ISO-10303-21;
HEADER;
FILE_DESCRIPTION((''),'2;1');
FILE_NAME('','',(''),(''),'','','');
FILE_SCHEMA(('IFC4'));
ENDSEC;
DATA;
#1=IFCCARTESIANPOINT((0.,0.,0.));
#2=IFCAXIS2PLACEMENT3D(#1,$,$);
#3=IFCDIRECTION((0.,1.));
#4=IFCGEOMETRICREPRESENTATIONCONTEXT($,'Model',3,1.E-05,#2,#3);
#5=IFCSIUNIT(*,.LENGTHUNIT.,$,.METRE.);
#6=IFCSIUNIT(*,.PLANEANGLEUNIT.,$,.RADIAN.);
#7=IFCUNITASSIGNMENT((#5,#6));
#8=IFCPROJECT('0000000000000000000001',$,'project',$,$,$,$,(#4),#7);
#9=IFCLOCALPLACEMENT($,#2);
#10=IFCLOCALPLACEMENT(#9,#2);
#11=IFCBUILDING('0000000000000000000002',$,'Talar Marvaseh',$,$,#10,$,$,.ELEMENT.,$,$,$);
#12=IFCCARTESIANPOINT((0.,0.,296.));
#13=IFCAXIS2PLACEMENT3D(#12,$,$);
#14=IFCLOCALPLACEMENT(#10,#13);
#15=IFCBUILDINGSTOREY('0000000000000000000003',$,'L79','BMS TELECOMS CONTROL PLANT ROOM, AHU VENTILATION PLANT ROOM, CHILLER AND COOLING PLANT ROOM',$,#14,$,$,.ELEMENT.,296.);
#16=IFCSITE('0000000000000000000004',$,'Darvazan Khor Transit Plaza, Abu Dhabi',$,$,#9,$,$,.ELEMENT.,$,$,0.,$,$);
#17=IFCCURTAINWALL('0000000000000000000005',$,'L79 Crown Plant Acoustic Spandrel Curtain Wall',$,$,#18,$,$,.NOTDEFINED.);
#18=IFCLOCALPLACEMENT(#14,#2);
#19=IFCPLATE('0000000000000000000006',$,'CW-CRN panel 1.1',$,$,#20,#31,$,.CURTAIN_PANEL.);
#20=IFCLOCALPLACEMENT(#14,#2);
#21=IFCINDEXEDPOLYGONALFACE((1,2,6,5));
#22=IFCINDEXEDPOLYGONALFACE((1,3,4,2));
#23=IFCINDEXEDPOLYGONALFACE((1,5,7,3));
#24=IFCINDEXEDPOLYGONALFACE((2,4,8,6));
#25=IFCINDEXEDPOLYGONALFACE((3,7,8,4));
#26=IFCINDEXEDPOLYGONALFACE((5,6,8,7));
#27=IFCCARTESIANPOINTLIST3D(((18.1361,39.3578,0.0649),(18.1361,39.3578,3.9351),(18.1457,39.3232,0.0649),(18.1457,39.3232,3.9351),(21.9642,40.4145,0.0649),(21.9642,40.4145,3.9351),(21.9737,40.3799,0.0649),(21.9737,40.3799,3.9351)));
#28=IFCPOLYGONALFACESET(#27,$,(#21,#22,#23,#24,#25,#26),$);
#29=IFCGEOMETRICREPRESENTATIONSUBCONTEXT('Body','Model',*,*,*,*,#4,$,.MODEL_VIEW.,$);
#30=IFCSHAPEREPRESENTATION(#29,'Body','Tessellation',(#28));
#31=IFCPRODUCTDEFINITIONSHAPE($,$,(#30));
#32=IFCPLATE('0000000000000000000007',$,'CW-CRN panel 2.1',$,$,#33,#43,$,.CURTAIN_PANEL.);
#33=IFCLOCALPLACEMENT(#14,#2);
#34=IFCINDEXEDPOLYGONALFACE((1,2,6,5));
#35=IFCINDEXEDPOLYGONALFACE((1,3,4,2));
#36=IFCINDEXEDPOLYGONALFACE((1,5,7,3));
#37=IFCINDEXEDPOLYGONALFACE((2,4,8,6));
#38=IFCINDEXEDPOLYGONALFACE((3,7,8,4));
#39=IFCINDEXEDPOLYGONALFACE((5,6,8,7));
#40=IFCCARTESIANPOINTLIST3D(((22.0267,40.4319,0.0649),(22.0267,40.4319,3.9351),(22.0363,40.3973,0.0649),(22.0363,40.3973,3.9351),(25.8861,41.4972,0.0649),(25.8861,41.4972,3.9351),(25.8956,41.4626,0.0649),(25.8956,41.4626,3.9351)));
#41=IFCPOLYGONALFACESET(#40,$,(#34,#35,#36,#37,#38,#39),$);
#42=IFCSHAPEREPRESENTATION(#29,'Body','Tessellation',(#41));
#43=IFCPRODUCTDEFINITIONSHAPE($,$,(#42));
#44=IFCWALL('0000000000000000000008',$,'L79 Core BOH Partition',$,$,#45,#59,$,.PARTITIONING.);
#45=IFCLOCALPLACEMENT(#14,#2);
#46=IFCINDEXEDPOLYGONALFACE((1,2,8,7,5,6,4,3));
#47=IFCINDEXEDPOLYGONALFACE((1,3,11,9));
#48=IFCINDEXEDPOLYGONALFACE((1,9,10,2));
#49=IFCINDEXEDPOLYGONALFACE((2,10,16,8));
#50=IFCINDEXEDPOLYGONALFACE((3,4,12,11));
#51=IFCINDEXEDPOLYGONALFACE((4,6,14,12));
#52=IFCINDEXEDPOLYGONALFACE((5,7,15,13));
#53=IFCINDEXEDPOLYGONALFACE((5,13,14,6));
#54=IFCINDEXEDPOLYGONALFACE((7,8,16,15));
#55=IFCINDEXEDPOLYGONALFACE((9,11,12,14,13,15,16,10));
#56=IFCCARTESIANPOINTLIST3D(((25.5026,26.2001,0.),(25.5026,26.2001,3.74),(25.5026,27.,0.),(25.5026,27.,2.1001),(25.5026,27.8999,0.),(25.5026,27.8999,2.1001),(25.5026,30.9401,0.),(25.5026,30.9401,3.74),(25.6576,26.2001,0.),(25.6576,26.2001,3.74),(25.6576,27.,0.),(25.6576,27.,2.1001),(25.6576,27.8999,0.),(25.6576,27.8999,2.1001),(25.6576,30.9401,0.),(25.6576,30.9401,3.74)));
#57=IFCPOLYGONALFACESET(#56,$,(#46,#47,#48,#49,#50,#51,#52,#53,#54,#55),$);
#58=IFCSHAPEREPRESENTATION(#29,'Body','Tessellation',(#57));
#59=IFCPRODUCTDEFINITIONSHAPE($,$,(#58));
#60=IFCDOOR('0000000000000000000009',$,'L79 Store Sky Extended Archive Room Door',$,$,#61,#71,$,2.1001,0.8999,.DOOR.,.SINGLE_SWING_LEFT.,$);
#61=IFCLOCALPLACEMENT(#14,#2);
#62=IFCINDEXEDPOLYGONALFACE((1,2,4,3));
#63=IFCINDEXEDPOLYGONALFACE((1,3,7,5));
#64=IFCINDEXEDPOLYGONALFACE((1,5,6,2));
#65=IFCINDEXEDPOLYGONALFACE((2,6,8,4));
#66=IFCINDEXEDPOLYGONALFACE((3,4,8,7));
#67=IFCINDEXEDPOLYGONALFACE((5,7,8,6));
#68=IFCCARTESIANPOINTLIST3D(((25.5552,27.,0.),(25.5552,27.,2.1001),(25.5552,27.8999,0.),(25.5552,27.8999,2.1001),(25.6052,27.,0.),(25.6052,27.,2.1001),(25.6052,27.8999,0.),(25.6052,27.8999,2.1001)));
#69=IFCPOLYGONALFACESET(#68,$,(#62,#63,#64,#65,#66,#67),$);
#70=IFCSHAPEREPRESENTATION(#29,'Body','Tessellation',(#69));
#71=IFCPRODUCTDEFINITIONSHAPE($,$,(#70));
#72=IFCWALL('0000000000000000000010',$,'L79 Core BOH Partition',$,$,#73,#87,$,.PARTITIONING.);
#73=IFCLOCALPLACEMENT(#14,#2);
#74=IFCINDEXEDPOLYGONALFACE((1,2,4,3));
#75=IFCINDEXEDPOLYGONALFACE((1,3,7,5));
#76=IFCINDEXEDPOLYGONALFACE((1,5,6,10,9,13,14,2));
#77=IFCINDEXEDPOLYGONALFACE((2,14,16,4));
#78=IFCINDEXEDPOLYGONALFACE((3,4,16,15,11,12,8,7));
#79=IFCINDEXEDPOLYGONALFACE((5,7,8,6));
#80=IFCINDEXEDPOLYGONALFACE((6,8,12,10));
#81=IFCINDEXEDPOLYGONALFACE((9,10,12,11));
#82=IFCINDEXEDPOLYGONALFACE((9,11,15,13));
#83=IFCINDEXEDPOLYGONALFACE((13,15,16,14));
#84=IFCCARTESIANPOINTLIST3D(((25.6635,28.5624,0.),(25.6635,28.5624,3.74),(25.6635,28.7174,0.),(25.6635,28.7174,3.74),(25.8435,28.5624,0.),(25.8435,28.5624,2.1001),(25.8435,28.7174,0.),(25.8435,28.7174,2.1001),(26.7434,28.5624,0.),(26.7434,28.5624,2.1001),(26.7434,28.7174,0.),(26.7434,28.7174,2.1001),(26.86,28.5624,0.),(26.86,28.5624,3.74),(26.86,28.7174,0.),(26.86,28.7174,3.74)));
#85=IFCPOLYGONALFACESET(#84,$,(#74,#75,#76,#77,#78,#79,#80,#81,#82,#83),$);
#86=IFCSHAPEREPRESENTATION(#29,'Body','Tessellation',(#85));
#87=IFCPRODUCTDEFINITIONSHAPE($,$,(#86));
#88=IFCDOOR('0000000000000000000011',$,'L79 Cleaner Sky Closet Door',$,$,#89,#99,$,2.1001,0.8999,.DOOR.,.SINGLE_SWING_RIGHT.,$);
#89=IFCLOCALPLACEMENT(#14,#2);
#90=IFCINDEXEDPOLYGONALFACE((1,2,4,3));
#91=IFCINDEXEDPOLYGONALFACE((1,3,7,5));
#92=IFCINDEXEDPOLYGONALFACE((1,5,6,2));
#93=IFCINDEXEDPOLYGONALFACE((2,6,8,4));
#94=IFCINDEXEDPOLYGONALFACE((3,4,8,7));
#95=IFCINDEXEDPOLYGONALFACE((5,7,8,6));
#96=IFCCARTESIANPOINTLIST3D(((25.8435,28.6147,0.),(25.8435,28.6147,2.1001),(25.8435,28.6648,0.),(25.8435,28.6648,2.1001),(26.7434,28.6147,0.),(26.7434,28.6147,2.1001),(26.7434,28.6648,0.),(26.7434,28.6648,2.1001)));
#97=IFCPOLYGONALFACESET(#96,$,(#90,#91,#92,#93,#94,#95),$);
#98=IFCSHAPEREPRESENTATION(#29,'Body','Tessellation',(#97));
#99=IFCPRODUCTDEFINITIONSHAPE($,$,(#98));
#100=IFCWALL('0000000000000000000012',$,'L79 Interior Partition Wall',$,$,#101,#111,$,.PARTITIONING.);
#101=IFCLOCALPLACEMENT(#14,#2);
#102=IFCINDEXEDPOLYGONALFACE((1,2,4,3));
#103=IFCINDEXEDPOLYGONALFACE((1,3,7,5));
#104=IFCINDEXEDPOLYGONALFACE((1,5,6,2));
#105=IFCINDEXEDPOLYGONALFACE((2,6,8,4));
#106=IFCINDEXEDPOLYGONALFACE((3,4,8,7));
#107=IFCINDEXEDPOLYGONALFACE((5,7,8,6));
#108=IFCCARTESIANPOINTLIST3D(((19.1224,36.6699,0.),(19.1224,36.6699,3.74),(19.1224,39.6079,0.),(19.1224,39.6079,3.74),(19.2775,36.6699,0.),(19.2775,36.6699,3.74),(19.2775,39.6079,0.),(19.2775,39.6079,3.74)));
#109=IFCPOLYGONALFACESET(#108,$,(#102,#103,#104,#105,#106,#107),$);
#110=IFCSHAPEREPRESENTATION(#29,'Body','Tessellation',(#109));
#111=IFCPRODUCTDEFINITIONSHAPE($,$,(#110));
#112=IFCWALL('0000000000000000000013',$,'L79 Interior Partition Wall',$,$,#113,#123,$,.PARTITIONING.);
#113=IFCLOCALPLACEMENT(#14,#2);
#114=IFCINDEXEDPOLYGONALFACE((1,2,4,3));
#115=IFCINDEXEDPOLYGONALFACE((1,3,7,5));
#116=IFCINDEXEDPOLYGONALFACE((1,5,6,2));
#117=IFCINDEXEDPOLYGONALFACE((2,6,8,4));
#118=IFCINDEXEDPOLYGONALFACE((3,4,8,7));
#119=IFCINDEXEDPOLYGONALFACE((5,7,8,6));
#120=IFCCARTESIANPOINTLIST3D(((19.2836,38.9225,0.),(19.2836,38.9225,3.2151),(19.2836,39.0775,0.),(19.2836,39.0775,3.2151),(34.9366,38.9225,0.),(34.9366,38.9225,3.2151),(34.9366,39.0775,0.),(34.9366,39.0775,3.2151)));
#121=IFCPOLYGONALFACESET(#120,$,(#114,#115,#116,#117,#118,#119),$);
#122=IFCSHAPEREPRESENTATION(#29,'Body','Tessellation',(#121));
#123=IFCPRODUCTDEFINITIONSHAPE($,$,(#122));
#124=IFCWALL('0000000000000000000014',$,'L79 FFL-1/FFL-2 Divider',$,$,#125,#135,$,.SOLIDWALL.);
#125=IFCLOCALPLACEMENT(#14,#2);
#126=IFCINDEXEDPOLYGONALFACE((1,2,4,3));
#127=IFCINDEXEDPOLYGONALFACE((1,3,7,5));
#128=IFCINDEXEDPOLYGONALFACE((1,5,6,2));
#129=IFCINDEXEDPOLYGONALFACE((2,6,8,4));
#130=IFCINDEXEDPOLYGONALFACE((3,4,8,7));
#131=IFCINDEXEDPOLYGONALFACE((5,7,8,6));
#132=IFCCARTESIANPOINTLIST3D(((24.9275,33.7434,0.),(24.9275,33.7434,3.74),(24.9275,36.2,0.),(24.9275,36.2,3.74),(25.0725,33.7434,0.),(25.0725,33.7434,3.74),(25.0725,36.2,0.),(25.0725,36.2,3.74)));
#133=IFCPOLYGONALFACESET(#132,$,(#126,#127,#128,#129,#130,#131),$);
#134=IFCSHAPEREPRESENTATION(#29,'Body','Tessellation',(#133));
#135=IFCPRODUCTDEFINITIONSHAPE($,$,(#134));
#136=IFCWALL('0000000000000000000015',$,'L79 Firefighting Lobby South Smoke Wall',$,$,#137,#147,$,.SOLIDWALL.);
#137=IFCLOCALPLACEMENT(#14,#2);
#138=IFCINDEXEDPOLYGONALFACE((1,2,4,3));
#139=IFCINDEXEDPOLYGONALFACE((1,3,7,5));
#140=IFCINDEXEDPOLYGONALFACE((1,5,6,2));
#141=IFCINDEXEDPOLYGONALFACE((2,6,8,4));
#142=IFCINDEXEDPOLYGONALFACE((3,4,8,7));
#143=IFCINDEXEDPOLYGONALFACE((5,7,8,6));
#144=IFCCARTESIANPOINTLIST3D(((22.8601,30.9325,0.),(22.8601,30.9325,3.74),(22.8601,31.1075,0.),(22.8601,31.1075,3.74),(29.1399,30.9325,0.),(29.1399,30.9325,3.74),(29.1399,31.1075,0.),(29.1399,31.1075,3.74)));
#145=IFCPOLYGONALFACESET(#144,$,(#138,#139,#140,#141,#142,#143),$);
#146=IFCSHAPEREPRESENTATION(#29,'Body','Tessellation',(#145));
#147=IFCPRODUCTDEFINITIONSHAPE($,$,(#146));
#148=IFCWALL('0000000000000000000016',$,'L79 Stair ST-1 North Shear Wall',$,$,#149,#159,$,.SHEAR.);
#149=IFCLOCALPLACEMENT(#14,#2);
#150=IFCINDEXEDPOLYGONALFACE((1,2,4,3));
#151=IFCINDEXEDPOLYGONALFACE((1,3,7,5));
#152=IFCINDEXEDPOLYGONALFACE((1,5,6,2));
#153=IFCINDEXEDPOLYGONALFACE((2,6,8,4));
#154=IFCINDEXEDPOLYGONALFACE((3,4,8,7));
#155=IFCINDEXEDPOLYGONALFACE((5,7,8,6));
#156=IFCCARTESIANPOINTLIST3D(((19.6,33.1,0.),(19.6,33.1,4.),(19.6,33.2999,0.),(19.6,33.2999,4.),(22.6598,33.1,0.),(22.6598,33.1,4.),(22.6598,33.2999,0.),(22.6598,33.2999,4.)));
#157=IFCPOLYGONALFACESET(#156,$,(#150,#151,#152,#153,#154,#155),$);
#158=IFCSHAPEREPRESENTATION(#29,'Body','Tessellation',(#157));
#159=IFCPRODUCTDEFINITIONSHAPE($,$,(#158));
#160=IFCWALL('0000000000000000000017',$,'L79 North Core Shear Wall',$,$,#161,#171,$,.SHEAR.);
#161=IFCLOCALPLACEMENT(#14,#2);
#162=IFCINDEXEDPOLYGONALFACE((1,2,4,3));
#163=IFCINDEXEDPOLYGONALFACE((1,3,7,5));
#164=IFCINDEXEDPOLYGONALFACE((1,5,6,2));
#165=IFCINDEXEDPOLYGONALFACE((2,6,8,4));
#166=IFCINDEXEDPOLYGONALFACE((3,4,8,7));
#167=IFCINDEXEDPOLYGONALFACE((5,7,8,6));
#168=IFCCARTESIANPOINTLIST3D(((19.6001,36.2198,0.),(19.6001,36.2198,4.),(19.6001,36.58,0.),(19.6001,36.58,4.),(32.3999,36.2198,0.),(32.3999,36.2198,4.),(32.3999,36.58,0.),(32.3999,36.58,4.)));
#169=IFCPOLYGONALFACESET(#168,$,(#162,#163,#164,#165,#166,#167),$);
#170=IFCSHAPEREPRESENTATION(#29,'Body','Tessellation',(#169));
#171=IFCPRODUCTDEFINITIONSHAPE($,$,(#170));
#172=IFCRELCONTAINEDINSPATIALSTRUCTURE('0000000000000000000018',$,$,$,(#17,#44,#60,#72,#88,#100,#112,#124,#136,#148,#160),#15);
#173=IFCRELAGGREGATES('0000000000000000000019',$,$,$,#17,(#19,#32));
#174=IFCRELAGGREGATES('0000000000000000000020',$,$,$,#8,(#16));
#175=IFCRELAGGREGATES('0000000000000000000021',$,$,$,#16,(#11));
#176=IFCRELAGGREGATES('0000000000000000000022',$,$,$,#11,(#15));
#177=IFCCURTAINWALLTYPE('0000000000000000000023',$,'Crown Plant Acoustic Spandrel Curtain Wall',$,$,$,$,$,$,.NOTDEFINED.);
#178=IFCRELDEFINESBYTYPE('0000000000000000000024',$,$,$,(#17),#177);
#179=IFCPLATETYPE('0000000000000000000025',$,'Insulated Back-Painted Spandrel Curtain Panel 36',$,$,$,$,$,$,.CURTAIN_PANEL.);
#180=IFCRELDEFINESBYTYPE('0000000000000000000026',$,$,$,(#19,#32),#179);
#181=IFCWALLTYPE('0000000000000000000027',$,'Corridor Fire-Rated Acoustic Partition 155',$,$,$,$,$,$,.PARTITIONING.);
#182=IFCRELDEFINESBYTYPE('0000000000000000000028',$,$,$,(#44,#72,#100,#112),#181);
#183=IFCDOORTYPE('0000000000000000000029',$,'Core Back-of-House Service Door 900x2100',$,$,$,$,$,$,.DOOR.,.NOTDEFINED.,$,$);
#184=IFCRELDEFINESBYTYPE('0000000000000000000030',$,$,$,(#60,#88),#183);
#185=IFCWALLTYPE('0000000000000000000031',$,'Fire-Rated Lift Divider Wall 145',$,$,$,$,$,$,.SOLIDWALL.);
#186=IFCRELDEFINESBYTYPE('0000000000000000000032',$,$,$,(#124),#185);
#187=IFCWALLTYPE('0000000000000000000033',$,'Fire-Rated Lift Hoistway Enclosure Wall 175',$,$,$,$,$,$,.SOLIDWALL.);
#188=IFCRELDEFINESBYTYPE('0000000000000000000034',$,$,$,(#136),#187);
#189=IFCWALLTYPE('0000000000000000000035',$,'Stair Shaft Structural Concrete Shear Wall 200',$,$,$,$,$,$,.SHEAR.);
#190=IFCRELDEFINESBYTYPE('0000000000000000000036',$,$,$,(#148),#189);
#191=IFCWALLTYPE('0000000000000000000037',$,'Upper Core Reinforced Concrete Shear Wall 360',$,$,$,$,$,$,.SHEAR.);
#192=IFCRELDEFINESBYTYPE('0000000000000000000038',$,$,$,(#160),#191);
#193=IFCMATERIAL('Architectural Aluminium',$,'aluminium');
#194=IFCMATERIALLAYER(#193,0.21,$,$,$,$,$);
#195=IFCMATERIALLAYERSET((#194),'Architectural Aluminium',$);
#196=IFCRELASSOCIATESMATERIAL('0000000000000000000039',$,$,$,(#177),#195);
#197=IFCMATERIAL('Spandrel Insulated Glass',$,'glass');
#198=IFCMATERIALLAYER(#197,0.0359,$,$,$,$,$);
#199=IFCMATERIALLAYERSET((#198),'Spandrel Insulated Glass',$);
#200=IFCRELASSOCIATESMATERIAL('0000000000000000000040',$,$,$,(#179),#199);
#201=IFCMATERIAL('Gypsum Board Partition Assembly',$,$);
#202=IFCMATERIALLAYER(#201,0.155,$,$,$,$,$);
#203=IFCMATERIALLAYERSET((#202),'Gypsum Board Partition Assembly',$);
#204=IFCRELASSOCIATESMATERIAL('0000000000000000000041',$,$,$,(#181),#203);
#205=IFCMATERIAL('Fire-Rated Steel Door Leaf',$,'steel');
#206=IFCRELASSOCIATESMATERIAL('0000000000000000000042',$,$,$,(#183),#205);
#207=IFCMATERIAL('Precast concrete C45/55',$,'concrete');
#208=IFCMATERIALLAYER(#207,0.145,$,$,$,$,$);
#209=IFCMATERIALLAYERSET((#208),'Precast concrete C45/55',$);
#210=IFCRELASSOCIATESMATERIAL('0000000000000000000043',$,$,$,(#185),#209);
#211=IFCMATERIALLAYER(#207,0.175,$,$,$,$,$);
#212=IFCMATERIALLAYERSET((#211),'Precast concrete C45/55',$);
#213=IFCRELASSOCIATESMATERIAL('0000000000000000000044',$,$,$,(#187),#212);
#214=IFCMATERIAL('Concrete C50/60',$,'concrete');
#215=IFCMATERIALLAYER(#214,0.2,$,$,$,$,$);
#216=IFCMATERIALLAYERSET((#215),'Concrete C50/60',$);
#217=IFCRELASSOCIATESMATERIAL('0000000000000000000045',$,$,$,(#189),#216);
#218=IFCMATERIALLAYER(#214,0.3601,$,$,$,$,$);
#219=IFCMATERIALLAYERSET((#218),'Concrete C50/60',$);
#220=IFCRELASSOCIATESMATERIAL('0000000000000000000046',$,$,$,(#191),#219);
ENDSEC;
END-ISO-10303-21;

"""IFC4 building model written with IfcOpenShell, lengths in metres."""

from ifc_helpers import new_model, si_unit, direction, frame, frame_2d, origin, origin_2d, place, context, subcontext, project, spatial, rectangle, extrude, source, transform, mapped, material, layer, layer_set, type_object, type_shapes, element, fill, aggregate, save


model = new_model("IFC4")

# Units and contexts
model_context = context("Model", 3, precision=1e-05, world=origin(), true_north=direction((0.0, 1.0)))
body_context = subcontext(model_context, "Body", "Model", "MODEL_VIEW")
ifc_project = project(units=[si_unit("LENGTHUNIT", "METRE"), si_unit("PLANEANGLEUNIT", "RADIAN")], contexts=[model_context])

# Site, building, storey
site_placement = place(None, origin())
site = spatial("IfcSite", under=ifc_project, at=site_placement, Name="Darvazan Khor Transit Plaza, Abu Dhabi", CompositionType="ELEMENT", RefElevation=0.0)
building_placement = place(site_placement, origin())
building = spatial("IfcBuilding", under=site, at=building_placement, Name="Talar Marvaseh", CompositionType="ELEMENT")
storey_placement = place(building_placement, frame((0.0, 0.0, 296.0)))
storey = spatial("IfcBuildingStorey", under=building, at=storey_placement, Name="L79", Description="BMS TELECOMS CONTROL PLANT ROOM, AHU VENTILATION PLANT ROOM, CHILLER AND COOLING PLANT ROOM", CompositionType="ELEMENT", Elevation=296.0)

# Curtain wall
ifc_material_1 = material(Name="Architectural Aluminium", Category="aluminium")
ifc_layer_1 = layer(ifc_material_1, 0.21)
ifc_layer_set_1 = layer_set([ifc_layer_1], Name="Architectural Aluminium")
curtain_wall_type = type_object("IfcCurtainWallType", Name="Crown Plant Acoustic Spandrel Curtain Wall", PredefinedType="NOTDEFINED", material=ifc_layer_set_1)
curtain_wall_placement = place(storey_placement, origin())
curtain_wall = element("IfcCurtainWall", 1, at=curtain_wall_placement, inside=storey, type_object=curtain_wall_type, Name="L79 Crown Plant Acoustic Spandrel Curtain Wall", PredefinedType="NOTDEFINED")

# Plates
ifc_material_2 = material(Name="Spandrel Insulated Glass", Category="glass")
ifc_layer_2 = layer(ifc_material_2, 0.0359)
ifc_layer_set_2 = layer_set([ifc_layer_2], Name="Spandrel Insulated Glass")
plate_type_1 = type_object("IfcPlateType", Name="Insulated Back-Painted Spandrel Curtain Panel 36", PredefinedType="CURTAIN_PANEL", material=ifc_layer_set_2)
shared_shape_1 = source(origin(), body_context, "Body", "SweptSolid", [
    extrude(rectangle(XDim=3.9712, YDim=0.0359, at=origin_2d()), origin(), (0.0, 0.0, 1.0), 3.8701),
])
plate_1_placement = place(storey_placement, frame((20.0549, 39.8689, 0.0649), z_axis=(0.0, 0.0, 1.0), x_axis=(0.963948, 0.266091, 0.0)))
plate_1 = element("IfcPlate", 2, at=plate_1_placement, type_object=plate_type_1, Name="CW-CRN panel 1.1", PredefinedType="CURTAIN_PANEL", context=body_context, shape_type="MappedRepresentation", body=[
    mapped(shared_shape_1, transform((0.0, 0.0, 0.0), x_axis=(1.0, 0.0, 0.0), y_axis=(0.0, 1.0, 0.0), z_axis=(0.0, 0.0, 1.0), scale=1.0)),
])
shared_shape_2 = source(origin(), body_context, "Body", "SweptSolid", [
    extrude(rectangle(XDim=4.0037, YDim=0.0359, at=origin_2d()), origin(), (0.0, 0.0, 1.0), 3.8701),
])
type_shapes(plate_type_1, [shared_shape_1, shared_shape_2])
plate_2_placement = place(storey_placement, frame((23.9612, 40.9473, 0.0649), z_axis=(0.0, 0.0, 1.0), x_axis=(0.963948, 0.266091, 0.0)))
plate_2 = element("IfcPlate", 3, at=plate_2_placement, type_object=plate_type_1, Name="CW-CRN panel 2.1", PredefinedType="CURTAIN_PANEL", context=body_context, shape_type="MappedRepresentation", body=[
    mapped(shared_shape_2, transform((0.0, 0.0, 0.0), x_axis=(1.0, 0.0, 0.0), y_axis=(0.0, 1.0, 0.0), z_axis=(0.0, 0.0, 1.0), scale=1.0)),
])
aggregate(curtain_wall, [plate_1, plate_2])

# Walls, openings, doors
ifc_material_3 = material(Name="Gypsum Board Partition Assembly")
ifc_layer_3 = layer(ifc_material_3, 0.155)
ifc_layer_set_3 = layer_set([ifc_layer_3], Name="Gypsum Board Partition Assembly")
wall_type_1 = type_object("IfcWallType", Name="Corridor Fire-Rated Acoustic Partition 155", PredefinedType="PARTITIONING", material=ifc_layer_set_3)
wall_1_placement = place(storey_placement, frame((25.5801, 26.2, 0.0), z_axis=(0.0, 0.0, 1.0), x_axis=(0.0, 1.0, 0.0)))
wall_1 = element("IfcWall", 4, at=wall_1_placement, inside=storey, type_object=wall_type_1, Name="L79 Core BOH Partition", PredefinedType="PARTITIONING", context=body_context, shape_type="SweptSolid", body=[
    extrude(rectangle(XDim=4.74, YDim=0.155, at=frame_2d((2.3701, 0.0))), origin(), (0.0, 0.0, 1.0), 3.74),
])
opening_1_placement = place(wall_1_placement, frame((0.8, 0.0, 0.0)))
opening_1 = element("IfcOpeningElement", 5, at=opening_1_placement, cuts=wall_1, PredefinedType="OPENING", context=body_context, shape_type="SweptSolid", body=[
    extrude(rectangle(XDim=0.8999, YDim=2.1001, at=frame_2d((0.45, 1.05))), frame((0.0, 0.0874, 0.0), z_axis=(0.0, -1.0, 0.0), x_axis=(1.0, 0.0, 0.0)), (0.0, 0.0, 1.0), 0.175),
])
ifc_material_4 = material(Name="Fire-Rated Steel Door Leaf", Category="steel")
door_type_1 = type_object("IfcDoorType", Name="Core Back-of-House Service Door 900x2100", OperationType="NOTDEFINED", PredefinedType="DOOR", material=ifc_material_4)
shared_shape_3 = source(origin(), body_context, "Body", "SweptSolid", [
    extrude(rectangle(XDim=0.8999, YDim=2.1001, at=frame_2d((0.45, 1.05))), frame((0.0, 0.0249, 0.0), z_axis=(0.0, -1.0, 0.0), x_axis=(1.0, 0.0, 0.0)), (0.0, 0.0, 1.0), 0.05),
])
type_shapes(door_type_1, [shared_shape_3])
door_1_placement = place(opening_1_placement, origin())
door_1 = element("IfcDoor", 6, at=door_1_placement, inside=storey, type_object=door_type_1, Name="L79 Store Sky Extended Archive Room Door", OperationType="SINGLE_SWING_LEFT", OverallHeight=2.1001, OverallWidth=0.8999, PredefinedType="DOOR", context=body_context, shape_type="MappedRepresentation", body=[
    mapped(shared_shape_3, transform((0.0, 0.0, 0.0), x_axis=(1.0, 0.0, 0.0), y_axis=(0.0, 1.0, 0.0), z_axis=(0.0, 0.0, 1.0), scale=1.0)),
])
fill(opening_1, door_1)
wall_2_placement = place(storey_placement, frame((25.6636, 28.6399, 0.0), z_axis=(0.0, 0.0, 1.0), x_axis=(1.0, 0.0, 0.0)))
wall_2 = element("IfcWall", 7, at=wall_2_placement, inside=storey, type_object=wall_type_1, Name="L79 Core BOH Partition", PredefinedType="PARTITIONING", context=body_context, shape_type="SweptSolid", body=[
    extrude(rectangle(XDim=1.1965, YDim=0.155, at=frame_2d((0.5981, 0.0))), origin(), (0.0, 0.0, 1.0), 3.74),
])
opening_2_placement = place(wall_2_placement, frame((0.1799, 0.0, 0.0)))
opening_2 = element("IfcOpeningElement", 8, at=opening_2_placement, cuts=wall_2, PredefinedType="OPENING", context=body_context, shape_type="SweptSolid", body=[
    extrude(rectangle(XDim=0.8999, YDim=2.1001, at=frame_2d((0.45, 1.05))), frame((0.0, 0.0874, 0.0), z_axis=(0.0, -1.0, 0.0), x_axis=(1.0, 0.0, 0.0)), (0.0, 0.0, 1.0), 0.175),
])
door_2_placement = place(opening_2_placement, origin())
door_2 = element("IfcDoor", 9, at=door_2_placement, inside=storey, type_object=door_type_1, Name="L79 Cleaner Sky Closet Door", OperationType="SINGLE_SWING_RIGHT", OverallHeight=2.1001, OverallWidth=0.8999, PredefinedType="DOOR", context=body_context, shape_type="MappedRepresentation", body=[
    mapped(shared_shape_3, transform((0.0, 0.0, 0.0), x_axis=(1.0, 0.0, 0.0), y_axis=(0.0, 1.0, 0.0), z_axis=(0.0, 0.0, 1.0), scale=1.0)),
])
fill(opening_2, door_2)

# Walls
wall_3_placement = place(storey_placement, frame((19.2, 36.6699, 0.0), z_axis=(0.0, 0.0, 1.0), x_axis=(0.0, 1.0, 0.0)))
element("IfcWall", 10, at=wall_3_placement, inside=storey, type_object=wall_type_1, Name="L79 Interior Partition Wall", PredefinedType="PARTITIONING", context=body_context, shape_type="SweptSolid", body=[
    extrude(rectangle(XDim=2.938, YDim=0.155, at=frame_2d((1.469, 0.0))), origin(), (0.0, 0.0, 1.0), 3.74),
])
wall_4_placement = place(storey_placement, frame((19.2834, 39.0, 0.0), z_axis=(0.0, 0.0, 1.0), x_axis=(1.0, 0.0, 0.0)))
element("IfcWall", 11, at=wall_4_placement, inside=storey, type_object=wall_type_1, Name="L79 Interior Partition Wall", PredefinedType="PARTITIONING", context=body_context, shape_type="SweptSolid", body=[
    extrude(rectangle(XDim=15.6531, YDim=0.155, at=frame_2d((7.8267, 0.0))), origin(), (0.0, 0.0, 1.0), 3.2151),
])
ifc_material_5 = material(Name="Precast concrete C45/55", Category="concrete")
ifc_layer_4 = layer(ifc_material_5, 0.145)
ifc_layer_set_4 = layer_set([ifc_layer_4], Name="Precast concrete C45/55")
wall_type_2 = type_object("IfcWallType", Name="Fire-Rated Lift Divider Wall 145", PredefinedType="SOLIDWALL", material=ifc_layer_set_4)
wall_5_placement = place(storey_placement, frame((25.0, 33.7434, 0.0), z_axis=(0.0, 0.0, 1.0), x_axis=(0.0, 1.0, 0.0)))
element("IfcWall", 12, at=wall_5_placement, inside=storey, type_object=wall_type_2, Name="L79 FFL-1/FFL-2 Divider", PredefinedType="SOLIDWALL", context=body_context, shape_type="SweptSolid", body=[
    extrude(rectangle(XDim=2.4565, YDim=0.145, at=frame_2d((1.2283, 0.0))), origin(), (0.0, 0.0, 1.0), 3.74),
])

# Shared definitions
ifc_layer_5 = layer(ifc_material_5, 0.175)
ifc_layer_set_5 = layer_set([ifc_layer_5], Name="Precast concrete C45/55")
wall_type_3 = type_object("IfcWallType", Name="Fire-Rated Lift Hoistway Enclosure Wall 175", PredefinedType="SOLIDWALL", material=ifc_layer_set_5)

# Walls
wall_6_placement = place(storey_placement, frame((22.8601, 31.02, 0.0), z_axis=(0.0, 0.0, 1.0), x_axis=(1.0, 0.0, 0.0)))
element("IfcWall", 13, at=wall_6_placement, inside=storey, type_object=wall_type_3, Name="L79 Firefighting Lobby South Smoke Wall", PredefinedType="SOLIDWALL", context=body_context, shape_type="SweptSolid", body=[
    extrude(rectangle(XDim=6.2798, YDim=0.175, at=frame_2d((3.1399, 0.0))), origin(), (0.0, 0.0, 1.0), 3.74),
])
ifc_material_6 = material(Name="Concrete C50/60", Category="concrete")
ifc_layer_6 = layer(ifc_material_6, 0.2)
ifc_layer_set_6 = layer_set([ifc_layer_6], Name="Concrete C50/60")
wall_type_4 = type_object("IfcWallType", Name="Stair Shaft Structural Concrete Shear Wall 200", PredefinedType="SHEAR", material=ifc_layer_set_6)
wall_7_placement = place(storey_placement, frame((19.6001, 33.2, 0.0), z_axis=(0.0, 0.0, 1.0), x_axis=(1.0, 0.0, 0.0)))
element("IfcWall", 14, at=wall_7_placement, inside=storey, type_object=wall_type_4, Name="L79 Stair ST-1 North Shear Wall", PredefinedType="SHEAR", context=body_context, shape_type="SweptSolid", body=[
    extrude(rectangle(XDim=3.0598, YDim=0.2, at=frame_2d((1.5298, 0.0))), origin(), (0.0, 0.0, 1.0), 4.0),
])
ifc_layer_7 = layer(ifc_material_6, 0.3601)
ifc_layer_set_7 = layer_set([ifc_layer_7], Name="Concrete C50/60")
wall_type_5 = type_object("IfcWallType", Name="Upper Core Reinforced Concrete Shear Wall 360", PredefinedType="SHEAR", material=ifc_layer_set_7)
wall_8_placement = place(storey_placement, frame((19.6001, 36.3999, 0.0), z_axis=(0.0, 0.0, 1.0), x_axis=(1.0, 0.0, 0.0)))
element("IfcWall", 15, at=wall_8_placement, inside=storey, type_object=wall_type_5, Name="L79 North Core Shear Wall", PredefinedType="SHEAR", context=body_context, shape_type="SweptSolid", body=[
    extrude(rectangle(XDim=12.7998, YDim=0.3601, at=frame_2d((6.3999, 0.0))), origin(), (0.0, 0.0, 1.0), 4.0),
])

save(model, "model.ifc")
